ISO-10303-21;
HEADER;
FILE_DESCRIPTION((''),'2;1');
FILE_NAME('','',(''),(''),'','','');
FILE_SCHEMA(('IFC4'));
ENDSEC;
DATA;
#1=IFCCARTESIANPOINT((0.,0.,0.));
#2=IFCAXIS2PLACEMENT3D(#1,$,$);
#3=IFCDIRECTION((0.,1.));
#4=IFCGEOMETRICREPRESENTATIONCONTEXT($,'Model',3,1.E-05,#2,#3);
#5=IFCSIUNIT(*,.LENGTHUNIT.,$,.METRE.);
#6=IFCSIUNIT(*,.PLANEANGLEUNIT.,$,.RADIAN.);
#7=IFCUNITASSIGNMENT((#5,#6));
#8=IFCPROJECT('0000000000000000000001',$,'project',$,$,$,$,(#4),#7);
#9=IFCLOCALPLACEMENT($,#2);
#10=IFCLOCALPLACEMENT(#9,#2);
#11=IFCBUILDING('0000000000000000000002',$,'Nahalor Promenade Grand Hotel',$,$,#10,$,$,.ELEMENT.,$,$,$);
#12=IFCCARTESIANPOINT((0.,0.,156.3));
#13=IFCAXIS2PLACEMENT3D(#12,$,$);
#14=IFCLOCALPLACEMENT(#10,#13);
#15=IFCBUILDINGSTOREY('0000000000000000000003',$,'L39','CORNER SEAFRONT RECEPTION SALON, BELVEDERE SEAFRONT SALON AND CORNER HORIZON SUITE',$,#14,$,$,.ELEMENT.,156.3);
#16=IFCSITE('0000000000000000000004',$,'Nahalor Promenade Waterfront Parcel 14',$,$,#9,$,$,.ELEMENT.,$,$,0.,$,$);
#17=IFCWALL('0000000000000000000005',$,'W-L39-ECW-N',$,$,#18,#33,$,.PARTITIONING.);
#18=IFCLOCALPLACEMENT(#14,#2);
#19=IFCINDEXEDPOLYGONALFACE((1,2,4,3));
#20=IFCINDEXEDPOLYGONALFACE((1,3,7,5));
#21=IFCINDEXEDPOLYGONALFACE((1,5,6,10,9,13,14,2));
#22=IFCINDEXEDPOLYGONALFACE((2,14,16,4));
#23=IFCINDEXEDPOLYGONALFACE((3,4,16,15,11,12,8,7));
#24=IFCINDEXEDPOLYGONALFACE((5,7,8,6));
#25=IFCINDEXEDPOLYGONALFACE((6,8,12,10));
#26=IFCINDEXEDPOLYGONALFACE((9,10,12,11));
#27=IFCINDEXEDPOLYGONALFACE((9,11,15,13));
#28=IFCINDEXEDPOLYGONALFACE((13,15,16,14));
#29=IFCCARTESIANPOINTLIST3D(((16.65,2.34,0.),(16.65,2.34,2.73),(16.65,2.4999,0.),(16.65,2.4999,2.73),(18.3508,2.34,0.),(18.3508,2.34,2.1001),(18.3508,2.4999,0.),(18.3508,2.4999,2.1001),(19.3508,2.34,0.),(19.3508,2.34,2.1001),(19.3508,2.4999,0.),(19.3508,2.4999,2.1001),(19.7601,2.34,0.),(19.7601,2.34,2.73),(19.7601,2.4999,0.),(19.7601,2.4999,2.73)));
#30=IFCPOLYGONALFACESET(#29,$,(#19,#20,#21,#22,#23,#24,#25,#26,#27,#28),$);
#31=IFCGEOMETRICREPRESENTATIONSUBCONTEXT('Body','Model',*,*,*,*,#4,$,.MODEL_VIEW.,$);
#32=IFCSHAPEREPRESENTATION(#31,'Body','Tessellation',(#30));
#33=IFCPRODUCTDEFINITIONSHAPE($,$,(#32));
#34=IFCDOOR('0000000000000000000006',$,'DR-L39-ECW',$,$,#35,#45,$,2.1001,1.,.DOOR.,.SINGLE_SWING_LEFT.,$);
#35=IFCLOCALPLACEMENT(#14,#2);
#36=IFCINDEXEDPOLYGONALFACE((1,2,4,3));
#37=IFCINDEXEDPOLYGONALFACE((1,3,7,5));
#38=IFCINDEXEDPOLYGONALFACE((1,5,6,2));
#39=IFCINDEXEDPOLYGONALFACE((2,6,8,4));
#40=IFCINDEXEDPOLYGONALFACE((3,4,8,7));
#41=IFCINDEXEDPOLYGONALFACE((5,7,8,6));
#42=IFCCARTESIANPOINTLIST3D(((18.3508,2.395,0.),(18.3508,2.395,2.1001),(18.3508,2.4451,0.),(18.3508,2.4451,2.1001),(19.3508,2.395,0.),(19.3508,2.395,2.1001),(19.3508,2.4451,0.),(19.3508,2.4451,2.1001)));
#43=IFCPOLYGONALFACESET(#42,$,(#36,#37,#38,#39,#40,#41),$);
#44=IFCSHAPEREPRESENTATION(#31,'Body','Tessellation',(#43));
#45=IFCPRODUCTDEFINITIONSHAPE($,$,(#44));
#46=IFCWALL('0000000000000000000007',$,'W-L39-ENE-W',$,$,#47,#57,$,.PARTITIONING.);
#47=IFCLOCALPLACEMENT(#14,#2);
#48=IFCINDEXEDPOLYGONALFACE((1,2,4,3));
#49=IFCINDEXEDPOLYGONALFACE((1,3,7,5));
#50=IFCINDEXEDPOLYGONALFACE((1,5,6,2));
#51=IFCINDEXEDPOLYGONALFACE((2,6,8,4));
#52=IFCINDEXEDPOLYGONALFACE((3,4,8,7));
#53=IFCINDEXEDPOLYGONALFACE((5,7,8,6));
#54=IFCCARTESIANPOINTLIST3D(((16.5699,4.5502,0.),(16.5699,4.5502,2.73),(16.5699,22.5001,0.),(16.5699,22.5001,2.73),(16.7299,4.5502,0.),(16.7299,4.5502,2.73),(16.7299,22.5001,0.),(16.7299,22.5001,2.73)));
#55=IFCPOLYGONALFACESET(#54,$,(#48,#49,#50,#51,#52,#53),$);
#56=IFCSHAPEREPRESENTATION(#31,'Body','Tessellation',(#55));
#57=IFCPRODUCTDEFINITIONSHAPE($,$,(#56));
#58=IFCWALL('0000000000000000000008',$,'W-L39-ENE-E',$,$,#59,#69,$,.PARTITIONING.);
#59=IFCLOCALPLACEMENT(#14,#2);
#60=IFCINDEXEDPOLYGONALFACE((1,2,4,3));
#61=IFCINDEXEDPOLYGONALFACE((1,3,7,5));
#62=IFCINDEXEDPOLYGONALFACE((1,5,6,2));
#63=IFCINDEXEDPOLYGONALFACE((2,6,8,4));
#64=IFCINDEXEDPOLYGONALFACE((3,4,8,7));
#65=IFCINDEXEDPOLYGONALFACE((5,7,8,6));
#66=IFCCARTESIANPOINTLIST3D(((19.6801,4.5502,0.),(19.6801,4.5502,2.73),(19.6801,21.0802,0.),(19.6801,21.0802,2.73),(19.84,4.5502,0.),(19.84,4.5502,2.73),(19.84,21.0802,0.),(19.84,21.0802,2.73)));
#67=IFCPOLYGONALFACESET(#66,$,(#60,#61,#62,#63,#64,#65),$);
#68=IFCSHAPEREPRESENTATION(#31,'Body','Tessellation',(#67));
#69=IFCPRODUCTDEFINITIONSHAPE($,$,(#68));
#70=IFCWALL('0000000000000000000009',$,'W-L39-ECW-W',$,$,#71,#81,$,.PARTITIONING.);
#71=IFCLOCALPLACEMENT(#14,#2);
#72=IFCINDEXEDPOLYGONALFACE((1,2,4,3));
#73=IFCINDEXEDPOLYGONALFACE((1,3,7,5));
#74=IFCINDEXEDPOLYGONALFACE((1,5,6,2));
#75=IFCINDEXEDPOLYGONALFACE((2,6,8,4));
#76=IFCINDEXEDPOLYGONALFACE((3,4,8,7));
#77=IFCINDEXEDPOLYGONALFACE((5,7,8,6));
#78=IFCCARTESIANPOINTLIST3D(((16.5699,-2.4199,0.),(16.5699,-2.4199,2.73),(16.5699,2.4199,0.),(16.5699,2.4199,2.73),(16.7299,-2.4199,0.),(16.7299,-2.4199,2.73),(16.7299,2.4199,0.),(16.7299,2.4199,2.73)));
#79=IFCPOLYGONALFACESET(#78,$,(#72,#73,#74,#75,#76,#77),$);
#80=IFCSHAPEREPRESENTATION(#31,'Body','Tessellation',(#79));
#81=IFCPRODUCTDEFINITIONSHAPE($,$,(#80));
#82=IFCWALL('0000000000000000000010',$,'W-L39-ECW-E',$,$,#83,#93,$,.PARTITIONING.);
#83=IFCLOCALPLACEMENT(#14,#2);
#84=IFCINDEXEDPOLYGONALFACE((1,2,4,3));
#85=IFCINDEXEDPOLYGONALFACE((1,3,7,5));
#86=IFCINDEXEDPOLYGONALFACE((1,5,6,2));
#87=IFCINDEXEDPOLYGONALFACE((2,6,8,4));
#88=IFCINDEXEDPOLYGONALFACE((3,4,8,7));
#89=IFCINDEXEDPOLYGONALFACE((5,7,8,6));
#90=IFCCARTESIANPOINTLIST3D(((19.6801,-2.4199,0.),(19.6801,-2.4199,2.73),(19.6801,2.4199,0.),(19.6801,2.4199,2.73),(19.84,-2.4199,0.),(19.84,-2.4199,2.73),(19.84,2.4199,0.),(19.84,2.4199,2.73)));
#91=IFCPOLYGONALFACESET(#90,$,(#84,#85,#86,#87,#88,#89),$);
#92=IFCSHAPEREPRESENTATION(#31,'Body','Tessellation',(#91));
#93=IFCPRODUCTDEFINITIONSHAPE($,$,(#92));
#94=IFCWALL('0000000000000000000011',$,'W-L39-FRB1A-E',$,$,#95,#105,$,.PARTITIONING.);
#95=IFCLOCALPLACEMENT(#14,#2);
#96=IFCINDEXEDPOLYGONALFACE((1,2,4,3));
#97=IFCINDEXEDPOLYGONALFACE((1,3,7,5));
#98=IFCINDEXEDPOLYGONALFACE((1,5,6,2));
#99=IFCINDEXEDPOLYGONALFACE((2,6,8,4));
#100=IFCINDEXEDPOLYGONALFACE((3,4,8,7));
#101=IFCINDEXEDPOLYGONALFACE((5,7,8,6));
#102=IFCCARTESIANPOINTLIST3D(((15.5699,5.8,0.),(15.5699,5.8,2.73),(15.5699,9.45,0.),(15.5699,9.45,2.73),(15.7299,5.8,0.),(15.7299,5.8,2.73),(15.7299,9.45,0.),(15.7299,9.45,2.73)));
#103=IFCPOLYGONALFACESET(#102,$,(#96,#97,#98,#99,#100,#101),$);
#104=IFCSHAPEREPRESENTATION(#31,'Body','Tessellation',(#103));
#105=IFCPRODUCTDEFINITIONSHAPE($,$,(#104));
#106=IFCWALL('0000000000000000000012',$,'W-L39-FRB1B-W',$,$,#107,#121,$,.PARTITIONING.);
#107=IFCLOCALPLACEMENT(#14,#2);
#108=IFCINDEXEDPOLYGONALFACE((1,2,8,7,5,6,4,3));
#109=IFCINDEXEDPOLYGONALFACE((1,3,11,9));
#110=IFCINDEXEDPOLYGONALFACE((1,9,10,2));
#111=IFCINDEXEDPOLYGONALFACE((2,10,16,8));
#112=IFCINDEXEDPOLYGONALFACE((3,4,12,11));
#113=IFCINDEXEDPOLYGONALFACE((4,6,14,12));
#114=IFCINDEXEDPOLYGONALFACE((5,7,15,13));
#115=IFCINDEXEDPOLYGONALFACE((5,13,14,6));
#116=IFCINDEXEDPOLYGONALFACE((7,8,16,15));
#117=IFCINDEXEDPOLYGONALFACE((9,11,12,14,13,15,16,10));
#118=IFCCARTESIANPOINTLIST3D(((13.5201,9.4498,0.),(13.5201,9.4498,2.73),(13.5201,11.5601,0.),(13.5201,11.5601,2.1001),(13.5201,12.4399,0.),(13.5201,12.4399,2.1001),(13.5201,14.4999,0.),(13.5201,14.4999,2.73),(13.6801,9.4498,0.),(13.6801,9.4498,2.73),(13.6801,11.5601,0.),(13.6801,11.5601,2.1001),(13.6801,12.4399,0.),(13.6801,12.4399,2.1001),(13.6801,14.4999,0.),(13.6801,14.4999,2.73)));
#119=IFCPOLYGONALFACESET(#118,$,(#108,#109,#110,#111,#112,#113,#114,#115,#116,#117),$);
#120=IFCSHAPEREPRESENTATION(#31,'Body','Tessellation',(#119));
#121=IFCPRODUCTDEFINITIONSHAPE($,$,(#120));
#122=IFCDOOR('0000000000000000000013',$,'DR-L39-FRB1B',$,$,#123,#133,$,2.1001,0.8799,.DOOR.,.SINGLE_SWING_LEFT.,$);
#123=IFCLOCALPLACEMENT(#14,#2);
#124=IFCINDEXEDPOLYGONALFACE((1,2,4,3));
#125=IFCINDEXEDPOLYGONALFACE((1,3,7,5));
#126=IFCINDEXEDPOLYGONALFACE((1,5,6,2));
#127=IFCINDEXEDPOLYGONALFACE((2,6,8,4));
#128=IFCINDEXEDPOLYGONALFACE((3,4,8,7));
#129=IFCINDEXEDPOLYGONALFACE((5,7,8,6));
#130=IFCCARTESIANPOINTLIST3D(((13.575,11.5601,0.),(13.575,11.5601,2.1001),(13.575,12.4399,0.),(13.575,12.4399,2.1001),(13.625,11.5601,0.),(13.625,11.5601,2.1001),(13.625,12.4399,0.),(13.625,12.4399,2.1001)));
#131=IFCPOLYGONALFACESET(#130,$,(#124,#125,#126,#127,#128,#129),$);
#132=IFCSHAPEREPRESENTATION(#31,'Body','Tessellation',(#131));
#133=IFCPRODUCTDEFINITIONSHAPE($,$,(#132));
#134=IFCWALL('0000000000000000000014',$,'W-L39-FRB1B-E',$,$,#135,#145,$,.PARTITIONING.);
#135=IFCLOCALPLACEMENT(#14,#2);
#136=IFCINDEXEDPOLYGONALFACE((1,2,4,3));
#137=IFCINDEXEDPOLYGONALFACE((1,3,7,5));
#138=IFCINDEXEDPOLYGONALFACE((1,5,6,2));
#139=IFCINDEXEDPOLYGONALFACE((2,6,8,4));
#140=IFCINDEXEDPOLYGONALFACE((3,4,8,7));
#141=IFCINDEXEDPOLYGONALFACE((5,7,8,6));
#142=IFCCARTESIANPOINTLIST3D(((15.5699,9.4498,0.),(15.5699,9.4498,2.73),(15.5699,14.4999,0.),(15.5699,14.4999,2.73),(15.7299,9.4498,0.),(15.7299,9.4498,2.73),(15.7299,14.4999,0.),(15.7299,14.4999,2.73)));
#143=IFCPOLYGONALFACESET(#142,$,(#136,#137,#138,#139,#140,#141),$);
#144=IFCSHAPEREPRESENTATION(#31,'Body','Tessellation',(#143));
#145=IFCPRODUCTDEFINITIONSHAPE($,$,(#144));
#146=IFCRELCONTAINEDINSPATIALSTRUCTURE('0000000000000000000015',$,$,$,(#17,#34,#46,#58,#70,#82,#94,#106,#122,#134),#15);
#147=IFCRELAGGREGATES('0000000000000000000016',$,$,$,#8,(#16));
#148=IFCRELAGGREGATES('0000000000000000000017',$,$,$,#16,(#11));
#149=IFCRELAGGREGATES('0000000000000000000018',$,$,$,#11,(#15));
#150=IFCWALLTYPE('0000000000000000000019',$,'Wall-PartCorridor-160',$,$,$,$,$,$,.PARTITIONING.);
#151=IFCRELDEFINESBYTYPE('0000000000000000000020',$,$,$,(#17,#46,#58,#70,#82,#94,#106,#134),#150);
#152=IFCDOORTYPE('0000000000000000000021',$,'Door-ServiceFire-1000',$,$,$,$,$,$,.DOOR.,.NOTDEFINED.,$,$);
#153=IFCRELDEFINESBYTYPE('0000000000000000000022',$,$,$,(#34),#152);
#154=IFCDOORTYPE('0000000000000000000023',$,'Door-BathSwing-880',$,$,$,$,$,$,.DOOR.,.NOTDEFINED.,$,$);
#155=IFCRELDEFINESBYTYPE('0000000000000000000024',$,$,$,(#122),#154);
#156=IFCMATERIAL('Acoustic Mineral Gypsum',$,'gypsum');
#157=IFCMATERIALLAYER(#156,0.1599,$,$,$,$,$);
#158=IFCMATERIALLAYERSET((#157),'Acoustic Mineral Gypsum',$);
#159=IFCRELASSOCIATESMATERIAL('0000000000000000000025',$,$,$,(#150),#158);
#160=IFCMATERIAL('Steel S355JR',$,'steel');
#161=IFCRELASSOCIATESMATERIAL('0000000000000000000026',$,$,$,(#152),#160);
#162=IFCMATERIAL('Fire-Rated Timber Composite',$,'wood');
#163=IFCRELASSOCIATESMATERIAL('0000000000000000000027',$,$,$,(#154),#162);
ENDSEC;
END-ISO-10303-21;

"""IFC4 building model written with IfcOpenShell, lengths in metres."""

from ifc_helpers import new_model, si_unit, direction, frame, frame_2d, origin, place, context, subcontext, project, spatial, rectangle, extrude, source, transform, mapped, material, layer, layer_set, type_object, element, fill, save


model = new_model("IFC4")

# Units and contexts
model_context = context("Model", 3, precision=1e-05, world=origin(), true_north=direction((0.0, 1.0)))
body_context = subcontext(model_context, "Body", "Model", "MODEL_VIEW")
ifc_project = project(units=[si_unit("LENGTHUNIT", "METRE"), si_unit("PLANEANGLEUNIT", "RADIAN")], contexts=[model_context])

# Site, building, storey
site_placement = place(None, origin())
site = spatial("IfcSite", under=ifc_project, at=site_placement, Name="Nahalor Promenade Waterfront Parcel 14", CompositionType="ELEMENT", RefElevation=0.0)
building_placement = place(site_placement, origin())
building = spatial("IfcBuilding", under=site, at=building_placement, Name="Nahalor Promenade Grand Hotel", CompositionType="ELEMENT")
storey_placement = place(building_placement, frame((0.0, 0.0, 156.3)))
storey = spatial("IfcBuildingStorey", under=building, at=storey_placement, Name="L39", Description="CORNER SEAFRONT RECEPTION SALON, BELVEDERE SEAFRONT SALON AND CORNER HORIZON SUITE", CompositionType="ELEMENT", Elevation=156.3)

# Shared definitions
ifc_material_1 = material(Name="Steel S355JR", Category="steel")

# Shared definitions
ifc_material_2 = material(Name="Acoustic Mineral Gypsum", Category="gypsum")
ifc_layer_1 = layer(ifc_material_2, 0.1599)
ifc_layer_set_1 = layer_set([ifc_layer_1], Name="Acoustic Mineral Gypsum")
wall_type_1 = type_object("IfcWallType", Name="Wall-PartCorridor-160", PredefinedType="PARTITIONING", material=ifc_layer_set_1)

# Shared definitions
shared_shape_1 = source(origin(), body_context, "Body", "SweptSolid", [
    extrude(rectangle(XDim=3.1101, YDim=0.1599, at=frame_2d((1.5552, 0.0))), origin(), (0.0, 0.0, 1.0), 2.73),
])
door_type_1 = type_object("IfcDoorType", Name="Door-ServiceFire-1000", OperationType="NOTDEFINED", PredefinedType="DOOR", material=ifc_material_1)
shared_shape_2 = source(origin(), body_context, "Body", "SweptSolid", [
    extrude(rectangle(XDim=1.0, YDim=2.1001, at=frame_2d((0.5, 1.05))), frame((0.0, 0.0249, 0.0), z_axis=(0.0, -1.0, 0.0), x_axis=(1.0, 0.0, 0.0)), (0.0, 0.0, 1.0), 0.05),
])

# Wall, opening, door
wall_1_placement = place(storey_placement, frame((16.6499, 2.4199, 0.0), z_axis=(0.0, 0.0, 1.0), x_axis=(1.0, 0.0, 0.0)))
wall_1 = element("IfcWall", 1, at=wall_1_placement, inside=storey, type_object=wall_type_1, Name="W-L39-ECW-N", PredefinedType="PARTITIONING", context=body_context, shape_type="MappedRepresentation", body=[
    mapped(shared_shape_1, transform((0.0, 0.0, 0.0), scale=1.0)),
])
opening_1_placement = place(wall_1_placement, frame((1.7009, 0.0, 0.0)))
opening_1 = element("IfcOpeningElement", 2, at=opening_1_placement, cuts=wall_1, PredefinedType="OPENING", context=body_context, shape_type="SweptSolid", body=[
    extrude(rectangle(XDim=1.0, YDim=2.1001, at=frame_2d((0.5, 1.05))), frame((0.0, 0.0898, 0.0), z_axis=(0.0, -1.0, 0.0), x_axis=(1.0, 0.0, 0.0)), (0.0, 0.0, 1.0), 0.1799),
])
door_1_placement = place(opening_1_placement, frame((1.0, 0.0, 0.0), z_axis=(0.0, 0.0, 1.0), x_axis=(-1.0, 0.0, 0.0)))
door_1 = element("IfcDoor", 3, at=door_1_placement, inside=storey, type_object=door_type_1, Name="DR-L39-ECW", OperationType="SINGLE_SWING_LEFT", OverallHeight=2.1001, OverallWidth=1.0, PredefinedType="DOOR", context=body_context, shape_type="MappedRepresentation", body=[
    mapped(shared_shape_2, transform((0.0, 0.0, 0.0), scale=1.0)),
])
fill(opening_1, door_1)

# Walls
shared_shape_3 = source(origin(), body_context, "Body", "SweptSolid", [
    extrude(rectangle(XDim=17.95, YDim=0.1599, at=frame_2d((8.9751, 0.0))), origin(), (0.0, 0.0, 1.0), 2.73),
])
wall_2_placement = place(storey_placement, frame((16.6499, 4.55, 0.0), z_axis=(0.0, 0.0, 1.0), x_axis=(0.0, 1.0, 0.0)))
element("IfcWall", 4, at=wall_2_placement, inside=storey, type_object=wall_type_1, Name="W-L39-ENE-W", PredefinedType="PARTITIONING", context=body_context, shape_type="MappedRepresentation", body=[
    mapped(shared_shape_3, transform((0.0, 0.0, 0.0), scale=1.0)),
])
shared_shape_4 = source(origin(), body_context, "Body", "SweptSolid", [
    extrude(rectangle(XDim=16.53, YDim=0.1599, at=frame_2d((8.2651, 0.0))), origin(), (0.0, 0.0, 1.0), 2.73),
])
wall_3_placement = place(storey_placement, frame((19.76, 4.55, 0.0), z_axis=(0.0, 0.0, 1.0), x_axis=(0.0, 1.0, 0.0)))
element("IfcWall", 5, at=wall_3_placement, inside=storey, type_object=wall_type_1, Name="W-L39-ENE-E", PredefinedType="PARTITIONING", context=body_context, shape_type="MappedRepresentation", body=[
    mapped(shared_shape_4, transform((0.0, 0.0, 0.0), scale=1.0)),
])
shared_shape_5 = source(origin(), body_context, "Body", "SweptSolid", [
    extrude(rectangle(XDim=4.8398, YDim=0.1599, at=frame_2d((2.4199, 0.0))), origin(), (0.0, 0.0, 1.0), 2.73),
])
for number, where, z_axis, x_axis, name in (
    (6, (16.6499, -2.4199, 0.0), (0.0, 0.0, 1.0), (0.0, 1.0, 0.0), "W-L39-ECW-W"),
    (7, (19.76, -2.4199, 0.0), (0.0, 0.0, 1.0), (0.0, 1.0, 0.0), "W-L39-ECW-E"),
):
    element("IfcWall", number, at=place(storey_placement, frame(where, z_axis=z_axis, x_axis=x_axis)), inside=storey, type_object=wall_type_1, Name=name, PredefinedType="PARTITIONING", context=body_context, shape_type="MappedRepresentation", body=[
        mapped(shared_shape_5, transform((0.0, 0.0, 0.0), scale=1.0)),
    ])
shared_shape_6 = source(origin(), body_context, "Body", "SweptSolid", [
    extrude(rectangle(XDim=3.6499, YDim=0.1599, at=frame_2d((1.825, 0.0))), origin(), (0.0, 0.0, 1.0), 2.73),
])
wall_4_placement = place(storey_placement, frame((15.6499, 5.8, 0.0), z_axis=(0.0, 0.0, 1.0), x_axis=(0.0, 1.0, 0.0)))
element("IfcWall", 8, at=wall_4_placement, inside=storey, type_object=wall_type_1, Name="W-L39-FRB1A-E", PredefinedType="PARTITIONING", context=body_context, shape_type="MappedRepresentation", body=[
    mapped(shared_shape_6, transform((0.0, 0.0, 0.0), scale=1.0)),
])

# Wall, opening, door
shared_shape_7 = source(origin(), body_context, "Body", "SweptSolid", [
    extrude(rectangle(XDim=5.05, YDim=0.1599, at=frame_2d((2.5249, 0.0))), origin(), (0.0, 0.0, 1.0), 2.73),
])
wall_5_placement = place(storey_placement, frame((13.6001, 9.45, 0.0), z_axis=(0.0, 0.0, 1.0), x_axis=(0.0, 1.0, 0.0)))
wall_5 = element("IfcWall", 9, at=wall_5_placement, inside=storey, type_object=wall_type_1, Name="W-L39-FRB1B-W", PredefinedType="PARTITIONING", context=body_context, shape_type="MappedRepresentation", body=[
    mapped(shared_shape_7, transform((0.0, 0.0, 0.0), scale=1.0)),
])
opening_2_placement = place(wall_5_placement, frame((2.1101, 0.0, 0.0)))
opening_2 = element("IfcOpeningElement", 10, at=opening_2_placement, cuts=wall_5, PredefinedType="OPENING", context=body_context, shape_type="SweptSolid", body=[
    extrude(rectangle(XDim=0.8799, YDim=2.1001, at=frame_2d((0.4399, 1.05))), frame((0.0, 0.0898, 0.0), z_axis=(0.0, -1.0, 0.0), x_axis=(1.0, 0.0, 0.0)), (0.0, 0.0, 1.0), 0.1799),
])
ifc_material_3 = material(Name="Fire-Rated Timber Composite", Category="wood")
door_type_2 = type_object("IfcDoorType", Name="Door-BathSwing-880", OperationType="NOTDEFINED", PredefinedType="DOOR", material=ifc_material_3)
shared_shape_8 = source(origin(), body_context, "Body", "SweptSolid", [
    extrude(rectangle(XDim=0.8799, YDim=2.1001, at=frame_2d((0.4399, 1.05))), frame((0.0, 0.0249, 0.0), z_axis=(0.0, -1.0, 0.0), x_axis=(1.0, 0.0, 0.0)), (0.0, 0.0, 1.0), 0.05),
])
door_2_placement = place(opening_2_placement, frame((0.8799, 0.0, 0.0), z_axis=(0.0, 0.0, 1.0), x_axis=(-1.0, 0.0, 0.0)))
door_2 = element("IfcDoor", 11, at=door_2_placement, inside=storey, type_object=door_type_2, Name="DR-L39-FRB1B", OperationType="SINGLE_SWING_LEFT", OverallHeight=2.1001, OverallWidth=0.8799, PredefinedType="DOOR", context=body_context, shape_type="MappedRepresentation", body=[
    mapped(shared_shape_8, transform((0.0, 0.0, 0.0), scale=1.0)),
])
fill(opening_2, door_2)

# Wall
wall_6_placement = place(storey_placement, frame((15.6499, 9.45, 0.0), z_axis=(0.0, 0.0, 1.0), x_axis=(0.0, 1.0, 0.0)))
element("IfcWall", 12, at=wall_6_placement, inside=storey, type_object=wall_type_1, Name="W-L39-FRB1B-E", PredefinedType="PARTITIONING", context=body_context, shape_type="MappedRepresentation", body=[
    mapped(shared_shape_7, transform((0.0, 0.0, 0.0), scale=1.0)),
])

save(model, "model.ifc")
